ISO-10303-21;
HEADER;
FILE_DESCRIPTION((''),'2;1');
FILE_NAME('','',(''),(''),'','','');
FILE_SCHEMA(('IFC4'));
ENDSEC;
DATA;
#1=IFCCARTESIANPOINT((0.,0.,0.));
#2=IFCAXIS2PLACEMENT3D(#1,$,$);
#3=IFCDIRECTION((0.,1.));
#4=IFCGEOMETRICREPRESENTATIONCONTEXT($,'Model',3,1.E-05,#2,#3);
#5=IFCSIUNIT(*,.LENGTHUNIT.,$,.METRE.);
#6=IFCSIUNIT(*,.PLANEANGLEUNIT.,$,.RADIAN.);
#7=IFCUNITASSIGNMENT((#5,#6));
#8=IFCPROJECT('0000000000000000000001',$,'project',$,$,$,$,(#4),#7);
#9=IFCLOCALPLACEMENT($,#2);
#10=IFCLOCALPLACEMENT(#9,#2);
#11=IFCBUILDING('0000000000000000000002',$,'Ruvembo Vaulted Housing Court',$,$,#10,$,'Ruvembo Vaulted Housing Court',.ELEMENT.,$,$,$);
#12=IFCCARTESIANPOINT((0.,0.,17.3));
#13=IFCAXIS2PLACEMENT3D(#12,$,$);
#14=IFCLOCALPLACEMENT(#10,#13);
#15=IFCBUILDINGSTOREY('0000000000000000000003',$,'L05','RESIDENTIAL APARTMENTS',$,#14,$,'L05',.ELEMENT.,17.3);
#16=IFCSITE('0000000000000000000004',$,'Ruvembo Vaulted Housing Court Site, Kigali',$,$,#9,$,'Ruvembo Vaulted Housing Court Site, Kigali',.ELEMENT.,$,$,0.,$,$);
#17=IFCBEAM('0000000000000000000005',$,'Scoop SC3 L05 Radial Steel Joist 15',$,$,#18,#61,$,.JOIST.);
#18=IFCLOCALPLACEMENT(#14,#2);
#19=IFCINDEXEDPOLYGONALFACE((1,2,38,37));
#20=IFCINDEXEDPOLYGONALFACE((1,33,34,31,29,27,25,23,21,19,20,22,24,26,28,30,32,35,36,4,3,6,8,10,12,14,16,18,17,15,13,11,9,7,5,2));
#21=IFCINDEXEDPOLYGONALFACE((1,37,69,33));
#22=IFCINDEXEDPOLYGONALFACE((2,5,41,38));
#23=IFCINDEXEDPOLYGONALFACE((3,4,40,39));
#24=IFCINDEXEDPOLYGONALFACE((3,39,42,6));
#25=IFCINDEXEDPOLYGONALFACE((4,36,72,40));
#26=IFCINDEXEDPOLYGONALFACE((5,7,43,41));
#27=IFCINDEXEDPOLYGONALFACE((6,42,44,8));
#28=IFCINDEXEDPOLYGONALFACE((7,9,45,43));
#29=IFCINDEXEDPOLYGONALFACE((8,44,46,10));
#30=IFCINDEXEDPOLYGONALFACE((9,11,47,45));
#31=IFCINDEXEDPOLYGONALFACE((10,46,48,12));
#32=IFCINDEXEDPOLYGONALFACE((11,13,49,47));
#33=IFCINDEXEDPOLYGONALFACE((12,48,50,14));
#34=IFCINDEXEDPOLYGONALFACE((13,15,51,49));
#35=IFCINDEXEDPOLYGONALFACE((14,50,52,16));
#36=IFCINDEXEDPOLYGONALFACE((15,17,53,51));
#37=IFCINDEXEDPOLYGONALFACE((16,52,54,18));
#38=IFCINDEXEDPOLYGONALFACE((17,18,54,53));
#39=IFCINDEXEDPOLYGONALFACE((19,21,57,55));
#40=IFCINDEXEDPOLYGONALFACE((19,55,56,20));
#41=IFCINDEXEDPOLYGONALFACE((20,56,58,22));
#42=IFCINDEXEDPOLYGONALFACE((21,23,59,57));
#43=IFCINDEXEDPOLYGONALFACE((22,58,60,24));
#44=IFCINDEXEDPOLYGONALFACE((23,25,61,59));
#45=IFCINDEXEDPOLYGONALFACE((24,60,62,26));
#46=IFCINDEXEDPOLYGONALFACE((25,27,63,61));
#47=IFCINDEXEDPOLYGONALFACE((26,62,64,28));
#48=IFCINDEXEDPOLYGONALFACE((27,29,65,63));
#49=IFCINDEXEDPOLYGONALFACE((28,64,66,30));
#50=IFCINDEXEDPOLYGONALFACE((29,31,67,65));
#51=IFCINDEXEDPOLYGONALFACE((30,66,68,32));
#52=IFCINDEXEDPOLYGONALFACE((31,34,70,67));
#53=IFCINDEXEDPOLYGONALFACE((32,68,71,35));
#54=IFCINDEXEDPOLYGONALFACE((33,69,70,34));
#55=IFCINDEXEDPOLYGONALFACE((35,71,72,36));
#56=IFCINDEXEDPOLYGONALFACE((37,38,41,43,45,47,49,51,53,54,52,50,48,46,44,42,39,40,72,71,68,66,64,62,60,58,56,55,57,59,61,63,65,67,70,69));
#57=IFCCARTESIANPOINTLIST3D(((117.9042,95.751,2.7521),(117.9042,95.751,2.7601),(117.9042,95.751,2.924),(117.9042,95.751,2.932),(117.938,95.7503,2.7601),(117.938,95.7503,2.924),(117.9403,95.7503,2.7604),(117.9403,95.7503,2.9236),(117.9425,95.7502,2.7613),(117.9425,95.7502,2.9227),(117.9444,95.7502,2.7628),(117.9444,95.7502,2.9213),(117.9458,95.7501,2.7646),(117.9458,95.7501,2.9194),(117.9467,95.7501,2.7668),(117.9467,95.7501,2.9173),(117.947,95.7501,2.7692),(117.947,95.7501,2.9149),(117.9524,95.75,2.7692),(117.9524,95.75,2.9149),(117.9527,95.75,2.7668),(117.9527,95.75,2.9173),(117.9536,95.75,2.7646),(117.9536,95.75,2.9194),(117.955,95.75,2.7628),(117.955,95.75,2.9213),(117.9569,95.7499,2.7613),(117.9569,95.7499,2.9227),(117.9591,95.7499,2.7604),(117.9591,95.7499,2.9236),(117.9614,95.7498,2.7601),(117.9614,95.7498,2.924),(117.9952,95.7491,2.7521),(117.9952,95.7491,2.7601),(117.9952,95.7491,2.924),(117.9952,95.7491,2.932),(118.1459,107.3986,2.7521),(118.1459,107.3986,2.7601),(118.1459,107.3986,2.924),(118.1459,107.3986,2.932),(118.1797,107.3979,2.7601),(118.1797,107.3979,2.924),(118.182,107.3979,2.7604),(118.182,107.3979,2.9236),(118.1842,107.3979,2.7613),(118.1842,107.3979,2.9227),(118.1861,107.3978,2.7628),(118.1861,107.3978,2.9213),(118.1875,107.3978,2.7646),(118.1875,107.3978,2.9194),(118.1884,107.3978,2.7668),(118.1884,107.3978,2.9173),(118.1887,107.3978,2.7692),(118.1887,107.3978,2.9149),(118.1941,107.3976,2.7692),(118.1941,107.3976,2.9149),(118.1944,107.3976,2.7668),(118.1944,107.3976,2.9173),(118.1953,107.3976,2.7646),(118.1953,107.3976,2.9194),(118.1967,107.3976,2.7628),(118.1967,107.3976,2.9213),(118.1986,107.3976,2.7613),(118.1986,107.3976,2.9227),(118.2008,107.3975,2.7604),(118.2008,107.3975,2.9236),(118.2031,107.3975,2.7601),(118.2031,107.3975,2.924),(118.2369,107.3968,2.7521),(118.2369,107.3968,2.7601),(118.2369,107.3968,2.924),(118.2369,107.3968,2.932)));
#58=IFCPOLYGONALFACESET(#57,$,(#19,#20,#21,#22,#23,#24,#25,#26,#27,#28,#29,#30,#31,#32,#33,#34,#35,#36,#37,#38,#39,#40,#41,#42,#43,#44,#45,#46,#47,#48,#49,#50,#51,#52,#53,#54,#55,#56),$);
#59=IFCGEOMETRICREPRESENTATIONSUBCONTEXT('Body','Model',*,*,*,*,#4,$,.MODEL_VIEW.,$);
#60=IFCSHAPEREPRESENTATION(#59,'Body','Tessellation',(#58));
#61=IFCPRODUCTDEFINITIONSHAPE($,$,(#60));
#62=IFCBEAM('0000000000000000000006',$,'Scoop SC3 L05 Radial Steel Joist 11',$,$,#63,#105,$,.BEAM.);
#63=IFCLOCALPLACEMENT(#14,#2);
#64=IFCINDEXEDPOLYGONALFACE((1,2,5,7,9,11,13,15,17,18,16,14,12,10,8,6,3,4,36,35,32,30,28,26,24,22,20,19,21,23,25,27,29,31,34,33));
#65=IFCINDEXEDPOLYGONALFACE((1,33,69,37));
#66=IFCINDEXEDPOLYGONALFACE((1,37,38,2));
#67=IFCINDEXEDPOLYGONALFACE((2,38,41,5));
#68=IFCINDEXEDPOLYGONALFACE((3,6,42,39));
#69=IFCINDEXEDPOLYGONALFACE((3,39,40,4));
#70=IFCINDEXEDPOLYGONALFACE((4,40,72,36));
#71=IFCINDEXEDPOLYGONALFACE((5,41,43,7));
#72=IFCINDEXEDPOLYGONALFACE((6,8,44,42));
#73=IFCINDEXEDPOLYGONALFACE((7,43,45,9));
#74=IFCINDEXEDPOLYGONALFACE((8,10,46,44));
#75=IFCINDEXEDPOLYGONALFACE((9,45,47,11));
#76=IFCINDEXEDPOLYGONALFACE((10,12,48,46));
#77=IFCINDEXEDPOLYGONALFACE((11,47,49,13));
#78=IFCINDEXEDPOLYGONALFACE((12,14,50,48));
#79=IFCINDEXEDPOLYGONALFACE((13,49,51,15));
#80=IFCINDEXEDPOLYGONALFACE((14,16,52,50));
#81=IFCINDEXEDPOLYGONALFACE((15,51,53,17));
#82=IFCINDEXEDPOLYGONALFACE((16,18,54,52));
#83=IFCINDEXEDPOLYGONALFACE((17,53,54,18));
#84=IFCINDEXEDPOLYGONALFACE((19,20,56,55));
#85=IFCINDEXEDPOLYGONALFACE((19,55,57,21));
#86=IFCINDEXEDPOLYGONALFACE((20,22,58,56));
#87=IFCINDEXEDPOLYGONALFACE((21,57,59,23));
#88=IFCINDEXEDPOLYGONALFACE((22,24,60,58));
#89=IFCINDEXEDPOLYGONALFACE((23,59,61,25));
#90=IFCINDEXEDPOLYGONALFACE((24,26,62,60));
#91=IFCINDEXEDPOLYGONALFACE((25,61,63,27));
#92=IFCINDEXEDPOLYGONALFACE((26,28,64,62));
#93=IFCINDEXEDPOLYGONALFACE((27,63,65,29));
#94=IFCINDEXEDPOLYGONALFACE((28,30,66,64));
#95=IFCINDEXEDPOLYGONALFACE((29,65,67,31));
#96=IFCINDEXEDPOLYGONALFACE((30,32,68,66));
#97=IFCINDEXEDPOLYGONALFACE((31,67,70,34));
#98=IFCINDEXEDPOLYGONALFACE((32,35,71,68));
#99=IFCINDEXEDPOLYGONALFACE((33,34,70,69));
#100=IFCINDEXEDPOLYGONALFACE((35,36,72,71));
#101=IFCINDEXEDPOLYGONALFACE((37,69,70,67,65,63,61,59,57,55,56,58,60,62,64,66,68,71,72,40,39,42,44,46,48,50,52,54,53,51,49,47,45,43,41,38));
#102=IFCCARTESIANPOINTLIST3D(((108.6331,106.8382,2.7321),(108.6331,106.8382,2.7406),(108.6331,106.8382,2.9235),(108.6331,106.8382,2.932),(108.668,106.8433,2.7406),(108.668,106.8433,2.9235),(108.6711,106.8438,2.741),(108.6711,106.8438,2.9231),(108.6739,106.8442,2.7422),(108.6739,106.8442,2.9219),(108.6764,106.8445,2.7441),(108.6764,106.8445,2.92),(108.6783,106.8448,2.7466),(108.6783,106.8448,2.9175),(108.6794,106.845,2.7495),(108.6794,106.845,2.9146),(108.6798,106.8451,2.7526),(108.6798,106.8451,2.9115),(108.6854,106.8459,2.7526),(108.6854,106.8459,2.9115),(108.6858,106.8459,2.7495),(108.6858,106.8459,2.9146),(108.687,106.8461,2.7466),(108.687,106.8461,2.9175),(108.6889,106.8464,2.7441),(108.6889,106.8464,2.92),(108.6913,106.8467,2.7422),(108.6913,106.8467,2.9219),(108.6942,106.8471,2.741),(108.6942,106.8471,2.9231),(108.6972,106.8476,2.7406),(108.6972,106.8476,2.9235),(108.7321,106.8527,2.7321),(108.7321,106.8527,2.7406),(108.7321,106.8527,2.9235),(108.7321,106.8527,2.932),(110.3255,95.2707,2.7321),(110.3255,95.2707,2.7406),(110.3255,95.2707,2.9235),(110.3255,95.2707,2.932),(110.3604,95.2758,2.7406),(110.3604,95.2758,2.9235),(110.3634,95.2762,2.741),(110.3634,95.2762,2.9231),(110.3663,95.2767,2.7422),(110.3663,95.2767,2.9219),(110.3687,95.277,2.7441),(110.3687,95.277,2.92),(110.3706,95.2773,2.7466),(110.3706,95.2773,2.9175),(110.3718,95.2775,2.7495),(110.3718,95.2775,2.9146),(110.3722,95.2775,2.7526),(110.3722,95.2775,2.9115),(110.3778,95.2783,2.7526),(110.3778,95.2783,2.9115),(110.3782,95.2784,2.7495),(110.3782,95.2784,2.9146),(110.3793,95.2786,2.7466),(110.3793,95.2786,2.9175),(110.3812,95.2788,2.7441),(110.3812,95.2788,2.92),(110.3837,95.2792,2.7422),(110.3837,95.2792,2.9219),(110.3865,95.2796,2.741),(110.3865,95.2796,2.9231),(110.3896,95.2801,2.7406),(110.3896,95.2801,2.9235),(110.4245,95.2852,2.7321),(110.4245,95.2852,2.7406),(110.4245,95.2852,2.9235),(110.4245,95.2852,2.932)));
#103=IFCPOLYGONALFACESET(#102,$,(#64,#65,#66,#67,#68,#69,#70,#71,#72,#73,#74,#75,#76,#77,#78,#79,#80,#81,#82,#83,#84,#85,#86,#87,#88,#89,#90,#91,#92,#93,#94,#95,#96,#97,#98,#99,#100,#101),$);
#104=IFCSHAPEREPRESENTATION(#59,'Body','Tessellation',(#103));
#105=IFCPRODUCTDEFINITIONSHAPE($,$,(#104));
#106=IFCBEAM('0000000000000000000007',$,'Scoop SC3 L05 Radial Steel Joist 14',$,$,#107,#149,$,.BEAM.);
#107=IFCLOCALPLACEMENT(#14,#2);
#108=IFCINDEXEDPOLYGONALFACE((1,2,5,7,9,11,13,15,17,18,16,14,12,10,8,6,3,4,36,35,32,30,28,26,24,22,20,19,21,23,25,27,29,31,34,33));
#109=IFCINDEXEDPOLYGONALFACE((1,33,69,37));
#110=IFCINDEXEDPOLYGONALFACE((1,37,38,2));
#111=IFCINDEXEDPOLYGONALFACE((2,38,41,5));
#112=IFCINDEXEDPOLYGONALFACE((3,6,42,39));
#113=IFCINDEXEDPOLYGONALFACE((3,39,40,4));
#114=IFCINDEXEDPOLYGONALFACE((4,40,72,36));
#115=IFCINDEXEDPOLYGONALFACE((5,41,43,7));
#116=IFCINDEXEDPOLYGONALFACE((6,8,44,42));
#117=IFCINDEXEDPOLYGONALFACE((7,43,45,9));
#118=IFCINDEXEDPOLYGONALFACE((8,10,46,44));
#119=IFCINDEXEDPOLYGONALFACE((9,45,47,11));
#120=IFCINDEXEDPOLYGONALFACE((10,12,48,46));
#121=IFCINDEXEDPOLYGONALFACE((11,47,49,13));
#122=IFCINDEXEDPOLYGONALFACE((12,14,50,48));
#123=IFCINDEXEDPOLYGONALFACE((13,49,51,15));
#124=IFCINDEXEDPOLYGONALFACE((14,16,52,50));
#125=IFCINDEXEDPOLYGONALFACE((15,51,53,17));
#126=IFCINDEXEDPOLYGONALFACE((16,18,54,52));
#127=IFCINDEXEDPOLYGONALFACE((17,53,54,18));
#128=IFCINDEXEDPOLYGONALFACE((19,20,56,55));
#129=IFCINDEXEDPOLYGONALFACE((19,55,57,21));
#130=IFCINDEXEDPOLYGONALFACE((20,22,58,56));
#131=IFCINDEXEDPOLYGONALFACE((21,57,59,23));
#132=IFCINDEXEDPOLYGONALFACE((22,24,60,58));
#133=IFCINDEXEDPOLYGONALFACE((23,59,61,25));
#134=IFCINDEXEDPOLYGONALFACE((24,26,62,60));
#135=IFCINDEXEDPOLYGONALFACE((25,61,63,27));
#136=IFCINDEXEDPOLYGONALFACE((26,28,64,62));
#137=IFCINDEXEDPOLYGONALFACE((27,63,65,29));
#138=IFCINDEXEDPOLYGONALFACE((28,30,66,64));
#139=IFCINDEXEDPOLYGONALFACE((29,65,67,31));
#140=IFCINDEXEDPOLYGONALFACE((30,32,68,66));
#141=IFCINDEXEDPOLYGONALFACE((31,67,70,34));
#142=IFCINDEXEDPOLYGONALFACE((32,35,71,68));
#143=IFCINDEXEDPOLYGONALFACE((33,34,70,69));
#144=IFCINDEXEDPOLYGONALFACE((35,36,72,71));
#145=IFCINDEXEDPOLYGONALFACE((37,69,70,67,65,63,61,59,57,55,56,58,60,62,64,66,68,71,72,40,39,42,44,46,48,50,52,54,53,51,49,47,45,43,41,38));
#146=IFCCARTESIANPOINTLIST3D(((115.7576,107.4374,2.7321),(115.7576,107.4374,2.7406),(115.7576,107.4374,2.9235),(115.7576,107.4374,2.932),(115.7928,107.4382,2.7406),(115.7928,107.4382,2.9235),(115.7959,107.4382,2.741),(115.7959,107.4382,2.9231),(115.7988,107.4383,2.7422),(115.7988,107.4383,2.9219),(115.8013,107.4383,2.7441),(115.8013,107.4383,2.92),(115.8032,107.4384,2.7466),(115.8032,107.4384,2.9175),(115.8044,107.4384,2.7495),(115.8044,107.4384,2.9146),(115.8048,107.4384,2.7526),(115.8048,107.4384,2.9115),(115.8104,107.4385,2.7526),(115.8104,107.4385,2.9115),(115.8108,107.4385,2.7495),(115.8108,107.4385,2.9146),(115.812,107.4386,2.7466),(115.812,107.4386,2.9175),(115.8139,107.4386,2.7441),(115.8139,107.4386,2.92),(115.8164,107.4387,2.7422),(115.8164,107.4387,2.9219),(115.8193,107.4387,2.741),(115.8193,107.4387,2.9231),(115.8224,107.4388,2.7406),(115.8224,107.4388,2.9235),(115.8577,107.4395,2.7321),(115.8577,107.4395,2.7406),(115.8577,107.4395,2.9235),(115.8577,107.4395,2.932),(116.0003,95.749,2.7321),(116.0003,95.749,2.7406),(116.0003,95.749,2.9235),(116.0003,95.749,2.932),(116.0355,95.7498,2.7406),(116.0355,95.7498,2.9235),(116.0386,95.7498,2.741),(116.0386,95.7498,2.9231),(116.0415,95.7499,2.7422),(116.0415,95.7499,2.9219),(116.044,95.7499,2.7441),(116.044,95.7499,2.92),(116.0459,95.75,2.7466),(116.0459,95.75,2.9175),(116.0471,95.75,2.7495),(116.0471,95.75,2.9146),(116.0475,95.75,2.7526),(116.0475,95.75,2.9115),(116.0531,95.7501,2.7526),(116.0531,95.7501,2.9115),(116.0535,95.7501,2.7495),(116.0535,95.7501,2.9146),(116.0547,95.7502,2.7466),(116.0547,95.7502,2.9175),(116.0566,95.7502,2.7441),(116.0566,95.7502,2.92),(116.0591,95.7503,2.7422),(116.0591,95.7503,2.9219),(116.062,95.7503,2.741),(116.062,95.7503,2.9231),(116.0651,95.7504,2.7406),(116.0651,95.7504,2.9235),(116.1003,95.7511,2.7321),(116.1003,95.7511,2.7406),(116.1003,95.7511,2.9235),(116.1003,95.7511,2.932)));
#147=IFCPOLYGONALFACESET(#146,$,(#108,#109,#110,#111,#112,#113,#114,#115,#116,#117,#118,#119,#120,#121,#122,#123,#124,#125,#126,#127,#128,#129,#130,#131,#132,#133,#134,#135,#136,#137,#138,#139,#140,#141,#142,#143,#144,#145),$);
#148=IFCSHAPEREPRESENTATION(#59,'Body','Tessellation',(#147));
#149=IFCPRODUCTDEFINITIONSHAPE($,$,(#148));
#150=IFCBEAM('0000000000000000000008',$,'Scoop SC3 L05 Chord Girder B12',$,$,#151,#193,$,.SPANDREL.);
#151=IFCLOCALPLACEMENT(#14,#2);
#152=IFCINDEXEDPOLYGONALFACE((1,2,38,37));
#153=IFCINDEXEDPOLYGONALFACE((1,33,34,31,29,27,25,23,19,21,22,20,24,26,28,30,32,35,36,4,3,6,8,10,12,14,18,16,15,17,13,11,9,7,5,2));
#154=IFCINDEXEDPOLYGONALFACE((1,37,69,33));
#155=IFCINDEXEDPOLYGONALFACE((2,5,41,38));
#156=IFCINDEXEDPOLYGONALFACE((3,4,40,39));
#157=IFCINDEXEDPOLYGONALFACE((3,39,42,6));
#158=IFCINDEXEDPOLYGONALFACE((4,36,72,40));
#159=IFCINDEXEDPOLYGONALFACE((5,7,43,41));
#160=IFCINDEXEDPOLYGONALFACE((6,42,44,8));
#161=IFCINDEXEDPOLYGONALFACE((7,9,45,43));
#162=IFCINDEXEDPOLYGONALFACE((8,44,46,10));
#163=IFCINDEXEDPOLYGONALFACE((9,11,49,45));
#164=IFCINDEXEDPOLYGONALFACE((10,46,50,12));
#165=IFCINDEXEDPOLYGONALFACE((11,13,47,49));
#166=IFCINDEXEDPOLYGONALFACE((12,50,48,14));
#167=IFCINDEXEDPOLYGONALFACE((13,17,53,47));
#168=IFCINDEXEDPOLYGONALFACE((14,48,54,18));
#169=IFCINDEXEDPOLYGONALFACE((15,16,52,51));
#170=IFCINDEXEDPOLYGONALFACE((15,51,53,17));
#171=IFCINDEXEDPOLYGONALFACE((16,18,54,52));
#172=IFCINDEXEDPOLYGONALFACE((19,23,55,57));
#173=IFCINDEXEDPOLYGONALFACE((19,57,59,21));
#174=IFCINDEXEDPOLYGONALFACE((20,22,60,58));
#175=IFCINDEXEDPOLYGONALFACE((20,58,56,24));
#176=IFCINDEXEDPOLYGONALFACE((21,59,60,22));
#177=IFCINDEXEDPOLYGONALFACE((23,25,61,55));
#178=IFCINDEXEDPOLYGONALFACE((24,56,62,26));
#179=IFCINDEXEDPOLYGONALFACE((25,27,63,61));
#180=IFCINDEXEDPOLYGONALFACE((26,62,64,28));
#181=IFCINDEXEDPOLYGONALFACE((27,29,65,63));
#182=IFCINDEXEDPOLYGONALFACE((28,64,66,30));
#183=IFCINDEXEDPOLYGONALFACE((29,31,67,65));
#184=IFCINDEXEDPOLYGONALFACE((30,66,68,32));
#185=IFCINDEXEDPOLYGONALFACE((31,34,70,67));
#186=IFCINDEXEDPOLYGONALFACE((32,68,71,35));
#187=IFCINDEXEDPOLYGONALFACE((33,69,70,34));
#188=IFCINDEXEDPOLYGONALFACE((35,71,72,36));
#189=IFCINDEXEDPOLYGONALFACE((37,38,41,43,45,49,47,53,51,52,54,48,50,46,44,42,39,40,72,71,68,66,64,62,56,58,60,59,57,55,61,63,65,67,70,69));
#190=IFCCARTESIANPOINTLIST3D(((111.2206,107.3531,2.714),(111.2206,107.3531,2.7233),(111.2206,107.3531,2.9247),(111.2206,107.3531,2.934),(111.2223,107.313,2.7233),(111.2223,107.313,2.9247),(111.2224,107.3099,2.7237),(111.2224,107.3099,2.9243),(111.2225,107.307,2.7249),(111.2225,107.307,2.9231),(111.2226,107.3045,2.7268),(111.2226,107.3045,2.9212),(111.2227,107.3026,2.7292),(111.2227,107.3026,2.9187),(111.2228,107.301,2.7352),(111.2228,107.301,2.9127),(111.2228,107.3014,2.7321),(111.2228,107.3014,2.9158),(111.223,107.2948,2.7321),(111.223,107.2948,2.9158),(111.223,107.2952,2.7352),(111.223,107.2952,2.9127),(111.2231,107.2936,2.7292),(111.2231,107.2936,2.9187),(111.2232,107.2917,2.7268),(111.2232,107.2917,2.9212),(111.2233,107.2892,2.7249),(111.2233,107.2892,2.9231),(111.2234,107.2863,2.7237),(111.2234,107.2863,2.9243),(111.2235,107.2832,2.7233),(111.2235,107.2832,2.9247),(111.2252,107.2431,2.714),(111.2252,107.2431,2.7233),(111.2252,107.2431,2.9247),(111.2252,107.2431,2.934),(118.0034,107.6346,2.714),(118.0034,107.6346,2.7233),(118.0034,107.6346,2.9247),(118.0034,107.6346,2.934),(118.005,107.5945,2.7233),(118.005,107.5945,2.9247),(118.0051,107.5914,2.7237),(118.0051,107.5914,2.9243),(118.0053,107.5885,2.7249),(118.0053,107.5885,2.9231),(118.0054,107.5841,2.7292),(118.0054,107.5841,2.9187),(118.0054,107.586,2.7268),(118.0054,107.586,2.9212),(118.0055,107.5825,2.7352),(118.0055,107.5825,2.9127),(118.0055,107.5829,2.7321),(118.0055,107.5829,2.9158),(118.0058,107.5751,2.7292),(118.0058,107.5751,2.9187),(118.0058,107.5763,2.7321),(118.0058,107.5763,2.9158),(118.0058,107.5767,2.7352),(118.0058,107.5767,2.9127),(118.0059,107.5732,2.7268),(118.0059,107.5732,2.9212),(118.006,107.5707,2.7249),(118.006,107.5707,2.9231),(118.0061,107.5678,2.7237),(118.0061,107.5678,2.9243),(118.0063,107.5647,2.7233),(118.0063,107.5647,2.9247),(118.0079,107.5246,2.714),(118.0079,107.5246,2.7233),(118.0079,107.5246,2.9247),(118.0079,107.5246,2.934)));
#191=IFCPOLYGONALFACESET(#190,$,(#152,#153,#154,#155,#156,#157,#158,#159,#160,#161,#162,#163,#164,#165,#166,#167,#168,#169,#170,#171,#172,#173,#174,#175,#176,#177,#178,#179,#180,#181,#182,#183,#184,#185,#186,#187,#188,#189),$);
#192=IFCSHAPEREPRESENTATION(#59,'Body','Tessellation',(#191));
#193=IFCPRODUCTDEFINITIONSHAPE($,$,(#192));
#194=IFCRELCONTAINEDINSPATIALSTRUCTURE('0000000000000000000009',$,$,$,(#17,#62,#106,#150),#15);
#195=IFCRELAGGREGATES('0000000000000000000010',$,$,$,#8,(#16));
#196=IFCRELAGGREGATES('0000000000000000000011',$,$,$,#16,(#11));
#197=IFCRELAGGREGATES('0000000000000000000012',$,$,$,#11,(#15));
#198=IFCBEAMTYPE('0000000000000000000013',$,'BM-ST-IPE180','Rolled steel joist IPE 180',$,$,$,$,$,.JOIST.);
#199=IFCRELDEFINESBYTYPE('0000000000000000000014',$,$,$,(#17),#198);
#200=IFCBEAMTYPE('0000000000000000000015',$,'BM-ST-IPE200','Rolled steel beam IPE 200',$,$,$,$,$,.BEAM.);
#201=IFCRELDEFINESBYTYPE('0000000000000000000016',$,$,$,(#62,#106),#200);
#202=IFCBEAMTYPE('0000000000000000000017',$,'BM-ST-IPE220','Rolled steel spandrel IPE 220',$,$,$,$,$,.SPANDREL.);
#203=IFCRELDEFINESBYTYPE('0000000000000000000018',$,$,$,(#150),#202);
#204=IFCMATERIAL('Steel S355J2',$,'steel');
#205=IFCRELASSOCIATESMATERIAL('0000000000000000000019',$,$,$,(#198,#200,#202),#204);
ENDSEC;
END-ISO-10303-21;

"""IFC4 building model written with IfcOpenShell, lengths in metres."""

from ifc_helpers import new_model, si_unit, direction, frame, origin, origin_2d, place, context, subcontext, project, spatial, i_section, extrude, material, material_profile, profile_set, type_object, element, save


model = new_model("IFC4")

# Units and contexts
model_context = context("Model", 3, precision=1e-05, world=origin(), true_north=direction((0.0, 1.0)))
body_context = subcontext(model_context, "Body", "Model", "MODEL_VIEW")
ifc_project = project(units=[si_unit("LENGTHUNIT", "METRE"), si_unit("PLANEANGLEUNIT", "RADIAN")], contexts=[model_context])

# Site, building, storey
site_placement = place(None, origin())
site = spatial("IfcSite", under=ifc_project, at=site_placement, Name="Ruvembo Vaulted Housing Court Site, Kigali", LongName="Ruvembo Vaulted Housing Court Site, Kigali", CompositionType="ELEMENT", RefElevation=0.0)
building_placement = place(site_placement, origin())
building = spatial("IfcBuilding", under=site, at=building_placement, Name="Ruvembo Vaulted Housing Court", LongName="Ruvembo Vaulted Housing Court", CompositionType="ELEMENT")
storey_placement = place(building_placement, frame((0.0, 0.0, 17.3)))
storey = spatial("IfcBuildingStorey", under=building, at=storey_placement, Name="L05", Description="RESIDENTIAL APARTMENTS", LongName="L05", CompositionType="ELEMENT", Elevation=17.3)

# Beams
ifc_material_1 = material(Name="Steel S355J2", Category="steel")
ifc_material_profile_1 = material_profile(ifc_material_1, i_section(OverallWidth=0.0911, OverallDepth=0.1799, WebThickness=0.0054, FlangeThickness=0.0081, FilletRadius=0.009, at=origin_2d()), Name="IPE 180")
ifc_profile_set_1 = profile_set([ifc_material_profile_1], Name="Steel S355J2")
beam_type_1 = type_object("IfcBeamType", Name="BM-ST-IPE180", Description="Rolled steel joist IPE 180", PredefinedType="JOIST", material=ifc_profile_set_1)
beam_1_placement = place(storey_placement, frame((118.1914, 107.3977, 2.842), z_axis=(-0.020746, -0.999785, 0.0), x_axis=(0.999785, -0.020746, 0.0)))
element("IfcBeam", 1, at=beam_1_placement, inside=storey, type_object=beam_type_1, Name="Scoop SC3 L05 Radial Steel Joist 15", PredefinedType="JOIST", context=body_context, shape_type="SweptSolid", body=[
    extrude(i_section(OverallWidth=0.0911, OverallDepth=0.1799, WebThickness=0.0054, FlangeThickness=0.0081, FilletRadius=0.009, at=origin_2d()), origin(), (0.0, 0.0, 1.0), 11.6501),
])
ifc_material_profile_2 = material_profile(ifc_material_1, i_section(OverallWidth=0.1001, OverallDepth=0.2, WebThickness=0.0056, FlangeThickness=0.0085, FilletRadius=0.012, at=origin_2d()), Name="IPE 200")
ifc_profile_set_2 = profile_set([ifc_material_profile_2], Name="Steel S355J2")
beam_type_2 = type_object("IfcBeamType", Name="BM-ST-IPE200", Description="Rolled steel beam IPE 200", PredefinedType="BEAM", material=ifc_profile_set_2)
beam_2_placement = place(storey_placement, frame((108.6826, 106.8455, 2.832), z_axis=(0.144762, -0.989466, 0.0), x_axis=(0.989466, 0.144762, 0.0)))
element("IfcBeam", 2, at=beam_2_placement, inside=storey, type_object=beam_type_2, Name="Scoop SC3 L05 Radial Steel Joist 11", PredefinedType="BEAM", context=body_context, shape_type="SweptSolid", body=[
    extrude(i_section(OverallWidth=0.1001, OverallDepth=0.2, WebThickness=0.0056, FlangeThickness=0.0085, FilletRadius=0.012, at=origin_2d()), origin(), (0.0, 0.0, 1.0), 11.6907),
])
beam_3_placement = place(storey_placement, frame((115.8076, 107.4385, 2.832), z_axis=(0.020757, -0.999785, 0.0), x_axis=(0.999785, 0.020757, 0.0)))
element("IfcBeam", 3, at=beam_3_placement, inside=storey, type_object=beam_type_2, Name="Scoop SC3 L05 Radial Steel Joist 14", PredefinedType="BEAM", context=body_context, shape_type="SweptSolid", body=[
    extrude(i_section(OverallWidth=0.1001, OverallDepth=0.2, WebThickness=0.0056, FlangeThickness=0.0085, FilletRadius=0.012, at=origin_2d()), origin(), (0.0, 0.0, 1.0), 11.6909),
])
ifc_material_profile_3 = material_profile(ifc_material_1, i_section(OverallWidth=0.1101, OverallDepth=0.22, WebThickness=0.0059, FlangeThickness=0.0093, FilletRadius=0.012, at=origin_2d()), Name="IPE 220")
ifc_profile_set_3 = profile_set([ifc_material_profile_3], Name="Steel S355J2")
beam_type_3 = type_object("IfcBeamType", Name="BM-ST-IPE220", Description="Rolled steel spandrel IPE 220", PredefinedType="SPANDREL", material=ifc_profile_set_3)
for number, where, z_axis, x_axis, name in (
    (4, (111.2229, 107.2981, 2.824), (0.99914, 0.041466, 0.0), (-0.041466, 0.99914, 0.0), "Scoop SC3 L05 Chord Girder B12"),
):
    element("IfcBeam", number, at=place(storey_placement, frame(where, z_axis=z_axis, x_axis=x_axis)), inside=storey, type_object=beam_type_3, Name=name, PredefinedType="SPANDREL", context=body_context, shape_type="SweptSolid", body=[
        extrude(i_section(OverallWidth=0.1101, OverallDepth=0.22, WebThickness=0.0059, FlangeThickness=0.0093, FilletRadius=0.012, at=origin_2d()), origin(), (0.0, 0.0, 1.0), 6.7886),
    ])

save(model, "model.ifc")
